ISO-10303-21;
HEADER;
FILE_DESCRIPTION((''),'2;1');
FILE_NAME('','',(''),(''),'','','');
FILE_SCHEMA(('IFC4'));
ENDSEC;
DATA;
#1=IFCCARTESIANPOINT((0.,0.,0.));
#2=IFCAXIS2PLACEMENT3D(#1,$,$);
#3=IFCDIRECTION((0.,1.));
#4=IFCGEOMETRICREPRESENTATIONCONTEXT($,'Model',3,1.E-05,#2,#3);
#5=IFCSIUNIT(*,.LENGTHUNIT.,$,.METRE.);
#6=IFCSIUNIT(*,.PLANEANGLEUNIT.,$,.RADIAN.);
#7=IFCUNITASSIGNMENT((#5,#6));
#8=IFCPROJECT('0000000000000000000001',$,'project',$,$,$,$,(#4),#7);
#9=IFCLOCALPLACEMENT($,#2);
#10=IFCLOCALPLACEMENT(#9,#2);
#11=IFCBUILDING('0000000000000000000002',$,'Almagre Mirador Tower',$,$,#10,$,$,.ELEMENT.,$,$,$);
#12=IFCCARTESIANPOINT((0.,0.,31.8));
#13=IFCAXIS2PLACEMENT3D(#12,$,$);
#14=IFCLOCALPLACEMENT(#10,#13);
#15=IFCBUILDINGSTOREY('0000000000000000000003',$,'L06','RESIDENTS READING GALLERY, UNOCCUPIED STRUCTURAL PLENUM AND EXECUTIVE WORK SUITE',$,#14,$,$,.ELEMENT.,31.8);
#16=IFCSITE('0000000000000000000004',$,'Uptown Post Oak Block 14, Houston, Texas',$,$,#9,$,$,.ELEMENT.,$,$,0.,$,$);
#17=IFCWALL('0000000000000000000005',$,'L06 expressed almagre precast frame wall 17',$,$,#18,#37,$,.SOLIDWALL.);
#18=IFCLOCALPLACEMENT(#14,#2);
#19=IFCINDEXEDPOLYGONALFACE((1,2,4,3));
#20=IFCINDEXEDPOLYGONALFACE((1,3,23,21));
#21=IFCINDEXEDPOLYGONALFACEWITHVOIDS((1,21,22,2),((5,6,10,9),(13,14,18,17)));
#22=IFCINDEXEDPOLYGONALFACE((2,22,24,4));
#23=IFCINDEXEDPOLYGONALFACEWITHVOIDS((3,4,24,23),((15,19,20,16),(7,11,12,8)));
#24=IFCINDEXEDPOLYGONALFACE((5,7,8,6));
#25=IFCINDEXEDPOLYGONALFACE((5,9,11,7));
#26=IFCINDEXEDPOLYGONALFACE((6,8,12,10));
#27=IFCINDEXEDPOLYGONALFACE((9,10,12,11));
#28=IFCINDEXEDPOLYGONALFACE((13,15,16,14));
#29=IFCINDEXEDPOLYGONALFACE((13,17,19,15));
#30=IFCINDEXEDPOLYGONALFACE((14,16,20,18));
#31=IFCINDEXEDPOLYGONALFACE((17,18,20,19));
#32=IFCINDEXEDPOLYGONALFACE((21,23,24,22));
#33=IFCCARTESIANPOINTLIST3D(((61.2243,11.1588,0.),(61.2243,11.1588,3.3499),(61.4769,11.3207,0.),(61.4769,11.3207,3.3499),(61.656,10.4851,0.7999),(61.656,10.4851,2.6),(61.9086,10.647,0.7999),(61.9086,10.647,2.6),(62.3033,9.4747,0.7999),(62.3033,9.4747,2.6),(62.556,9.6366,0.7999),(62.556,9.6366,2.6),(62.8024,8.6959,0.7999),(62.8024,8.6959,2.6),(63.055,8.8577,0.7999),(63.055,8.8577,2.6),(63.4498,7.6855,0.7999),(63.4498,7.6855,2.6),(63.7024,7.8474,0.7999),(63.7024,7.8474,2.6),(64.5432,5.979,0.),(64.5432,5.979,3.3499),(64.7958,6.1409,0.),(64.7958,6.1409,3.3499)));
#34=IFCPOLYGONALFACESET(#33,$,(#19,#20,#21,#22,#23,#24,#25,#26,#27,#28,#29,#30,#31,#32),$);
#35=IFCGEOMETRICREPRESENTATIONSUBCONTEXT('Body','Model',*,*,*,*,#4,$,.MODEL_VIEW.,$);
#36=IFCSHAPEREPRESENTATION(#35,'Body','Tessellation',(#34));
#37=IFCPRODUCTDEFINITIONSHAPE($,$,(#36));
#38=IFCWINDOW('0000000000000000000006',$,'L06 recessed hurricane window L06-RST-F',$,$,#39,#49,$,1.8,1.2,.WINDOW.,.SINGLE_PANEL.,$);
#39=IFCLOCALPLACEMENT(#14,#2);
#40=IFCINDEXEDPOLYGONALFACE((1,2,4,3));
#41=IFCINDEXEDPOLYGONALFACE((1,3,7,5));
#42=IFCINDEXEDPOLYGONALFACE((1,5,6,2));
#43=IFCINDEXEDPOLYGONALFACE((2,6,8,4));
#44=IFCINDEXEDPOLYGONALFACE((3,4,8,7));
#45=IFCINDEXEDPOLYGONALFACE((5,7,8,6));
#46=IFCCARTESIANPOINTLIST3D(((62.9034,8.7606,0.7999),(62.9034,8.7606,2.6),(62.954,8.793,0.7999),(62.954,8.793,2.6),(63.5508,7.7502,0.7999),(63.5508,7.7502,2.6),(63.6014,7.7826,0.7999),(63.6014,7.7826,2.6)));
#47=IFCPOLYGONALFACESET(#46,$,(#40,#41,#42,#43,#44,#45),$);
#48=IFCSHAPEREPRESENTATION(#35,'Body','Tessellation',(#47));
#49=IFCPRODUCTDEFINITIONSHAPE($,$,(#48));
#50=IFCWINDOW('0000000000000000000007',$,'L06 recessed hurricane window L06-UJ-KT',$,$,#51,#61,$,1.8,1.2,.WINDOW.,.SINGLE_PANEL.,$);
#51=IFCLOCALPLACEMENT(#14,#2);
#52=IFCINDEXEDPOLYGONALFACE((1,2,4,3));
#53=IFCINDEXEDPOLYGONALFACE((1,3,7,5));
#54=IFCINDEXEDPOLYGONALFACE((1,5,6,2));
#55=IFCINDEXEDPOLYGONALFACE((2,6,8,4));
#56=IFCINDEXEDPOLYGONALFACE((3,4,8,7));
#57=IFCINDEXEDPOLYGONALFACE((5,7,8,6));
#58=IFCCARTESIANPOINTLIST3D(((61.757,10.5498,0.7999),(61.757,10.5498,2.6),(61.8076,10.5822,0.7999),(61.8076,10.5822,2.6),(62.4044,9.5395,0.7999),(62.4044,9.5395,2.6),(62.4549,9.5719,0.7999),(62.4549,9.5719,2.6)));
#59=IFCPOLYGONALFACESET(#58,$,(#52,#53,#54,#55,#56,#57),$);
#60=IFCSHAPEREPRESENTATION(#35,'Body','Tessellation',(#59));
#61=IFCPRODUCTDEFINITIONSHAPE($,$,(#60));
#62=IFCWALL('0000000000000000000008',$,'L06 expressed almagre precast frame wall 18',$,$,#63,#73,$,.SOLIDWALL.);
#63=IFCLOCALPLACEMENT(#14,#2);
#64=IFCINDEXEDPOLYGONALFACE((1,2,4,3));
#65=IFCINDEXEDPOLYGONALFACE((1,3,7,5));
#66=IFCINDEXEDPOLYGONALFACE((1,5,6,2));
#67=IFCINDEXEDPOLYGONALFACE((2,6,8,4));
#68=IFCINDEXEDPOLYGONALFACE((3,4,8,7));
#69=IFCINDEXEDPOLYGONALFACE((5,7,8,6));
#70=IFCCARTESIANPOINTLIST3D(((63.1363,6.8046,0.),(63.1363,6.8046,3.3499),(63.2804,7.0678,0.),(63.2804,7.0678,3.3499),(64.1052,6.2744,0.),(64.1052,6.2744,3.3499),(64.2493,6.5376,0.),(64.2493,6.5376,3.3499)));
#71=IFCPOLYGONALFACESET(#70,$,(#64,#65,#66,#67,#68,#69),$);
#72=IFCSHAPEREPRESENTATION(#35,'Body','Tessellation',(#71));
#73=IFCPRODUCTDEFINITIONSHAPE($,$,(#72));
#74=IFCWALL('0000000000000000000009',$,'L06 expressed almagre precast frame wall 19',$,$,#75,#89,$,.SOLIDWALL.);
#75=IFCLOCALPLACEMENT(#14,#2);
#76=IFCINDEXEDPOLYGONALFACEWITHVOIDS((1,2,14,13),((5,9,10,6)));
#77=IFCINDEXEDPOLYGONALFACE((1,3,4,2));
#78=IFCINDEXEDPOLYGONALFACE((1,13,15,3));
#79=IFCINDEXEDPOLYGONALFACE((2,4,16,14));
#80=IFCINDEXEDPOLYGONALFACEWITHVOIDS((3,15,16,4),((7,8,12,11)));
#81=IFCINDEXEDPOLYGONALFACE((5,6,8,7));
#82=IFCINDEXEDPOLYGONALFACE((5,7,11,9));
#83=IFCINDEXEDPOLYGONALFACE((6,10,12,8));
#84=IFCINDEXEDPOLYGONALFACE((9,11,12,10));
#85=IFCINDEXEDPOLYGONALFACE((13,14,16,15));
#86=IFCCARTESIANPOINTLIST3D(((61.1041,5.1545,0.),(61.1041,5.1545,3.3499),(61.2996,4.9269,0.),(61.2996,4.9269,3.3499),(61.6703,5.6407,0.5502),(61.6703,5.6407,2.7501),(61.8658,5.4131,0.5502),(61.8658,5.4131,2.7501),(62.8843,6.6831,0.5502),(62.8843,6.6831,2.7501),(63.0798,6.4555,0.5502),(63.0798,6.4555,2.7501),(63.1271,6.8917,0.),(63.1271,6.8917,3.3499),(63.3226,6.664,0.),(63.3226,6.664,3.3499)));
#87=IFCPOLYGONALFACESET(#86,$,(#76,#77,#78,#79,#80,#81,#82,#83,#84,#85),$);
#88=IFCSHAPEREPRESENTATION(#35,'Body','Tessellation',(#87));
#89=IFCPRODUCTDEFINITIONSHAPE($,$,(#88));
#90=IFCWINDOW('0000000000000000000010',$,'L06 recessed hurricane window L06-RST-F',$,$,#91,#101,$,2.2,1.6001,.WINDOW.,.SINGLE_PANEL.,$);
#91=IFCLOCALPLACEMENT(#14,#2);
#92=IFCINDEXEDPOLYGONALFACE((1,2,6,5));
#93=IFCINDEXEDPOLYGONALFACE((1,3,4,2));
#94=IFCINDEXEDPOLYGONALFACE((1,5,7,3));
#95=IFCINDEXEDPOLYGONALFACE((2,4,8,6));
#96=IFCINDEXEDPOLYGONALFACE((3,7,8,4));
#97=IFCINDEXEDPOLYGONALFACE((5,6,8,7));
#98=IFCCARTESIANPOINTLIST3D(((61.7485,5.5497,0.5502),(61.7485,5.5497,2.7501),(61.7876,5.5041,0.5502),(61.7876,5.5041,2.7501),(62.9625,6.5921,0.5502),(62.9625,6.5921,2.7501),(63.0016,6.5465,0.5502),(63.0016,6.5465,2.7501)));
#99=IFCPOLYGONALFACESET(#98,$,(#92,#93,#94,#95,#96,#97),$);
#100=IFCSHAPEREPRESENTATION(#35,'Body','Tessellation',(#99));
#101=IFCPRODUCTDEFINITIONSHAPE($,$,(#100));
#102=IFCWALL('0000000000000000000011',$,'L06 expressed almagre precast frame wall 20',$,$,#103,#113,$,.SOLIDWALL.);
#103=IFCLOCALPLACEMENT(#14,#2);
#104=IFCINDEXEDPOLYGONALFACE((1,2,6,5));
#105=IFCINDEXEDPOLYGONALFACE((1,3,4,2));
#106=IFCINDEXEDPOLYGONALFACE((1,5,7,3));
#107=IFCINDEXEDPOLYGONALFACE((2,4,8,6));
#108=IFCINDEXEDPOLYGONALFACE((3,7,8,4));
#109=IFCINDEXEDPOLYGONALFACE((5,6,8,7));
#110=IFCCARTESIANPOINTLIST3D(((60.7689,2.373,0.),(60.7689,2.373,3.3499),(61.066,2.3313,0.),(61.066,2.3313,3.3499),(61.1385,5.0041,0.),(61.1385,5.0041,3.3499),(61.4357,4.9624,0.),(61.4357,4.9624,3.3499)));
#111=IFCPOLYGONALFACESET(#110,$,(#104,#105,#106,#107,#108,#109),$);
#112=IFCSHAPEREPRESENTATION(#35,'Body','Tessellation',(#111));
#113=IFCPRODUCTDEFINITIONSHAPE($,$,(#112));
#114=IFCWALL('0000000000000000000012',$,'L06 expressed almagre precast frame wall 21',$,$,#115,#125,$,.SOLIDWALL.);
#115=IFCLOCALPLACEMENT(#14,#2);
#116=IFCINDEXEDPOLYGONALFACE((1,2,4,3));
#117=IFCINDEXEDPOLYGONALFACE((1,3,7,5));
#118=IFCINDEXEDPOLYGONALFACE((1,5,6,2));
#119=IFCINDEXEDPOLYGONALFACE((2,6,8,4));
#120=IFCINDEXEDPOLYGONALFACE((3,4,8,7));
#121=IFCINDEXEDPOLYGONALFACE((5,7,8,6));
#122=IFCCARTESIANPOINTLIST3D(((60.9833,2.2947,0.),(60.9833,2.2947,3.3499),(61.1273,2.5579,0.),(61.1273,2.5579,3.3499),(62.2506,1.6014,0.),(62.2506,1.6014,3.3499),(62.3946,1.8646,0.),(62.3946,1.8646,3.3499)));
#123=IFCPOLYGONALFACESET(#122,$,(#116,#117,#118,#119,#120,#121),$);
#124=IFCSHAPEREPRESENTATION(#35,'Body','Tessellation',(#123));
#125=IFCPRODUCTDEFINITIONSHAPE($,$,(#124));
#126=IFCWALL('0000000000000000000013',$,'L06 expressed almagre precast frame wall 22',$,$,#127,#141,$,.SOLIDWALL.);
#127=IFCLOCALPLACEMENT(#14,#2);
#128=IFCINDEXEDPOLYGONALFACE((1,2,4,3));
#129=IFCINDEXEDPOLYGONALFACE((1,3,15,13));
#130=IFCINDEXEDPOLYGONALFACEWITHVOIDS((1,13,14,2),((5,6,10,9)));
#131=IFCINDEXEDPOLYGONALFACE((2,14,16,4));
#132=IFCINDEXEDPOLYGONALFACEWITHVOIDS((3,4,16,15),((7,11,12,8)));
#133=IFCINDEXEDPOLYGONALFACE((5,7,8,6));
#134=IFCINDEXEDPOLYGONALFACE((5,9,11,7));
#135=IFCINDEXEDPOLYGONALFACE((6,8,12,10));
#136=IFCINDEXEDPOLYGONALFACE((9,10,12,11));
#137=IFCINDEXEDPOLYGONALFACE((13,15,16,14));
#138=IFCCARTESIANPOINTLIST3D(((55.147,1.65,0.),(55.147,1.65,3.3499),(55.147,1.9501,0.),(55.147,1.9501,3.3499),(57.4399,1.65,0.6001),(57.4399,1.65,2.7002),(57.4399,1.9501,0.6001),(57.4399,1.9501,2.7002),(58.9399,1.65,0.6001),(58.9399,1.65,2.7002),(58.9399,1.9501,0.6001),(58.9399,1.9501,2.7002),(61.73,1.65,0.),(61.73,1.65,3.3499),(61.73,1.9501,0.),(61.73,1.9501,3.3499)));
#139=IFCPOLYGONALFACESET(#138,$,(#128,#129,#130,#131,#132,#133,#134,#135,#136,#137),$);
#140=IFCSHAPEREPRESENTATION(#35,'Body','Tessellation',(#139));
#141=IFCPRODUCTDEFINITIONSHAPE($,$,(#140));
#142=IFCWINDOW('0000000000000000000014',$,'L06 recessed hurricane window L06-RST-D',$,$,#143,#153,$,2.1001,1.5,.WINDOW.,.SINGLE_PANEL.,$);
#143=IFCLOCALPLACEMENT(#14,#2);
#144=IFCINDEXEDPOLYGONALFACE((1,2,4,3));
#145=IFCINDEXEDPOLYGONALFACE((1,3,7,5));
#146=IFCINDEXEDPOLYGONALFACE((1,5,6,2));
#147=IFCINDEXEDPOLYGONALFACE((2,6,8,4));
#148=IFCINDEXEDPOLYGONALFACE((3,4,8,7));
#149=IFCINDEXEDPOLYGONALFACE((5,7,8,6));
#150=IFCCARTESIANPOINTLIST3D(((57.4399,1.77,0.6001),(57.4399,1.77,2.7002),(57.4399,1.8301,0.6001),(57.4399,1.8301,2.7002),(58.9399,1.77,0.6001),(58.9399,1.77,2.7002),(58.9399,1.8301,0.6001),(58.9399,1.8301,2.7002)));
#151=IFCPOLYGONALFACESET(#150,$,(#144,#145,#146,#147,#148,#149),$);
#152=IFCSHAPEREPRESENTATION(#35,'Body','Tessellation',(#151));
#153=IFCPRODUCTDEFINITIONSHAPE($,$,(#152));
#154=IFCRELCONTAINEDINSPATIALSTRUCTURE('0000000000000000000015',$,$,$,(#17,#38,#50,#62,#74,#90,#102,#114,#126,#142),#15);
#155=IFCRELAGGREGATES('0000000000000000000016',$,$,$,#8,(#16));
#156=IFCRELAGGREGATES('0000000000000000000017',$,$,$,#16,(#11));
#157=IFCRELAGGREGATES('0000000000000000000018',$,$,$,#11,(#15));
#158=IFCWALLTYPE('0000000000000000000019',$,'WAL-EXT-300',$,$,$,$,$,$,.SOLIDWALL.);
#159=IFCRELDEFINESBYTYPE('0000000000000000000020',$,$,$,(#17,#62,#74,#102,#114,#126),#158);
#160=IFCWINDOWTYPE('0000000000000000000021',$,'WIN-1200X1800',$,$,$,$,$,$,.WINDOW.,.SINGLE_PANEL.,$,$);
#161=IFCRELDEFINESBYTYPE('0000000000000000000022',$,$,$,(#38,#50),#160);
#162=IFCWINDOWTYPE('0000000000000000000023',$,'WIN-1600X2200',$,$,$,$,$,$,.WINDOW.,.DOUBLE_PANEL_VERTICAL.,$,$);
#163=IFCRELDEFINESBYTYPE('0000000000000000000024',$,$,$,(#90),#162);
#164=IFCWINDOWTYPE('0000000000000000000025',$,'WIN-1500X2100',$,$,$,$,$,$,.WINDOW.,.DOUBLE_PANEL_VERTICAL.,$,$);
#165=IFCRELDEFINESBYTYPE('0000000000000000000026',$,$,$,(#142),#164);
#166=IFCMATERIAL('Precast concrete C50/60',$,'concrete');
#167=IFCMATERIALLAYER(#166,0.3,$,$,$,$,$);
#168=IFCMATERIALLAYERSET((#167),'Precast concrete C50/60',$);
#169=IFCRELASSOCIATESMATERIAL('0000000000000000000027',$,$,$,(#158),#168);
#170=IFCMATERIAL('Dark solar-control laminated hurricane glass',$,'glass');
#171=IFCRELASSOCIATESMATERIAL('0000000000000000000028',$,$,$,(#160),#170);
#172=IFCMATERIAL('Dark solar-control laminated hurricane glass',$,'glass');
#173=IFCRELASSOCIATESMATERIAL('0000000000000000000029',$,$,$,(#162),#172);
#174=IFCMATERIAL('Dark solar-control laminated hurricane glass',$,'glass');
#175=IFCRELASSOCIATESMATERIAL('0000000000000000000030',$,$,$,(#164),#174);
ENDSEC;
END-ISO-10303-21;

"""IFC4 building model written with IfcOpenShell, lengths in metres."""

from ifc_helpers import new_model, si_unit, direction, frame, frame_2d, origin, place, context, subcontext, project, spatial, rectangle, extrude, material, layer, layer_set, type_object, element, fill, save


model = new_model("IFC4")

# Units and contexts
model_context = context("Model", 3, precision=1e-05, world=origin(), true_north=direction((0.0, 1.0)))
body_context = subcontext(model_context, "Body", "Model", "MODEL_VIEW")
ifc_project = project(units=[si_unit("LENGTHUNIT", "METRE"), si_unit("PLANEANGLEUNIT", "RADIAN")], contexts=[model_context])

# Site, building, storey
site_placement = place(None, origin())
site = spatial("IfcSite", under=ifc_project, at=site_placement, Name="Uptown Post Oak Block 14, Houston, Texas", CompositionType="ELEMENT", RefElevation=0.0)
building_placement = place(site_placement, origin())
building = spatial("IfcBuilding", under=site, at=building_placement, Name="Almagre Mirador Tower", CompositionType="ELEMENT")
storey_placement = place(building_placement, frame((0.0, 0.0, 31.8)))
storey = spatial("IfcBuildingStorey", under=building, at=storey_placement, Name="L06", Description="RESIDENTS READING GALLERY, UNOCCUPIED STRUCTURAL PLENUM AND EXECUTIVE WORK SUITE", CompositionType="ELEMENT", Elevation=31.8)

# Wall, openings, windows
ifc_material_1 = material(Name="Precast concrete C50/60", Category="concrete")
ifc_layer = layer(ifc_material_1, 0.3)
ifc_layer_set = layer_set([ifc_layer], Name="Precast concrete C50/60")
wall_type = type_object("IfcWallType", Name="WAL-EXT-300", PredefinedType="SOLIDWALL", material=ifc_layer_set)
wall_1_placement = place(storey_placement, frame((61.3506, 11.2397, 0.0), z_axis=(0.0, 0.0, 1.0), x_axis=(0.539497, -0.841987, 0.0)))
wall_1 = element("IfcWall", 1, at=wall_1_placement, inside=storey, type_object=wall_type, Name="L06 expressed almagre precast frame wall 17", PredefinedType="SOLIDWALL", context=body_context, shape_type="SweptSolid", body=[
    extrude(rectangle(XDim=6.1519, YDim=0.3, at=frame_2d((3.0759, 0.0))), origin(), (0.0, 0.0, 1.0), 3.3499),
])
opening_1_placement = place(wall_1_placement, frame((2.925, 0.0, 0.8)))
opening_1 = element("IfcOpeningElement", 2, at=opening_1_placement, cuts=wall_1, PredefinedType="OPENING", context=body_context, shape_type="SweptSolid", body=[
    extrude(rectangle(XDim=1.2, YDim=1.8, at=frame_2d((0.6001, 0.8999))), frame((0.0, 0.1599, 0.0), z_axis=(0.0, -1.0, 0.0), x_axis=(1.0, 0.0, 0.0)), (0.0, 0.0, 1.0), 0.32),
])
opening_2_placement = place(wall_1_placement, frame((0.8, 0.0, 0.8)))
opening_2 = element("IfcOpeningElement", 3, at=opening_2_placement, cuts=wall_1, PredefinedType="OPENING", context=body_context, shape_type="SweptSolid", body=[
    extrude(rectangle(XDim=1.2, YDim=1.8, at=frame_2d((0.6001, 0.8999))), frame((0.0, 0.1599, 0.0), z_axis=(0.0, -1.0, 0.0), x_axis=(1.0, 0.0, 0.0)), (0.0, 0.0, 1.0), 0.32),
])
ifc_material_2 = material(Name="Dark solar-control laminated hurricane glass", Category="glass")
window_type_1 = type_object("IfcWindowType", Name="WIN-1200X1800", PartitioningType="SINGLE_PANEL", PredefinedType="WINDOW", material=ifc_material_2)
window_1_placement = place(opening_1_placement, origin())
window_1 = element("IfcWindow", 4, at=window_1_placement, inside=storey, type_object=window_type_1, Name="L06 recessed hurricane window L06-RST-F", OverallHeight=1.8, OverallWidth=1.2, PartitioningType="SINGLE_PANEL", PredefinedType="WINDOW", context=body_context, shape_type="SweptSolid", body=[
    extrude(rectangle(XDim=1.2, YDim=1.8, at=frame_2d((0.6001, 0.8999))), frame((0.0, 0.03, 0.0), z_axis=(0.0, -1.0, 0.0), x_axis=(1.0, 0.0, 0.0)), (0.0, 0.0, 1.0), 0.0601),
])
fill(opening_1, window_1)
window_2_placement = place(opening_2_placement, origin())
window_2 = element("IfcWindow", 5, at=window_2_placement, inside=storey, type_object=window_type_1, Name="L06 recessed hurricane window L06-UJ-KT", OverallHeight=1.8, OverallWidth=1.2, PartitioningType="SINGLE_PANEL", PredefinedType="WINDOW", context=body_context, shape_type="SweptSolid", body=[
    extrude(rectangle(XDim=1.2, YDim=1.8, at=frame_2d((0.6001, 0.8999))), frame((0.0, 0.03, 0.0), z_axis=(0.0, -1.0, 0.0), x_axis=(1.0, 0.0, 0.0)), (0.0, 0.0, 1.0), 0.0601),
])
fill(opening_2, window_2)

# Wall
wall_2_placement = place(storey_placement, frame((64.1772, 6.406, 0.0), z_axis=(0.0, 0.0, 1.0), x_axis=(-0.877236, 0.48006, 0.0)))
element("IfcWall", 6, at=wall_2_placement, inside=storey, type_object=wall_type, Name="L06 expressed almagre precast frame wall 18", PredefinedType="SOLIDWALL", context=body_context, shape_type="SweptSolid", body=[
    extrude(rectangle(XDim=1.1045, YDim=0.3, at=frame_2d((0.5522, 0.0))), origin(), (0.0, 0.0, 1.0), 3.3499),
])

# Wall, opening, window
wall_3_placement = place(storey_placement, frame((63.2249, 6.7778, 0.0), z_axis=(0.0, 0.0, 1.0), x_axis=(-0.758681, -0.651462, 0.0)))
wall_3 = element("IfcWall", 7, at=wall_3_placement, inside=storey, type_object=wall_type, Name="L06 expressed almagre precast frame wall 19", PredefinedType="SOLIDWALL", context=body_context, shape_type="SweptSolid", body=[
    extrude(rectangle(XDim=2.6665, YDim=0.3, at=frame_2d((1.3333, 0.0))), origin(), (0.0, 0.0, 1.0), 3.3499),
])
opening_3_placement = place(wall_3_placement, frame((0.3201, 0.0, 0.55)))
opening_3 = element("IfcOpeningElement", 8, at=opening_3_placement, cuts=wall_3, PredefinedType="OPENING", context=body_context, shape_type="SweptSolid", body=[
    extrude(rectangle(XDim=1.6001, YDim=2.2, at=frame_2d((0.8, 1.1001))), frame((0.0, 0.1599, 0.0), z_axis=(0.0, -1.0, 0.0), x_axis=(1.0, 0.0, 0.0)), (0.0, 0.0, 1.0), 0.32),
])
ifc_material_3 = material(Name="Dark solar-control laminated hurricane glass", Category="glass")
window_type_2 = type_object("IfcWindowType", Name="WIN-1600X2200", PartitioningType="DOUBLE_PANEL_VERTICAL", PredefinedType="WINDOW", material=ifc_material_3)
window_3_placement = place(opening_3_placement, origin())
window_3 = element("IfcWindow", 9, at=window_3_placement, inside=storey, type_object=window_type_2, Name="L06 recessed hurricane window L06-RST-F", OverallHeight=2.2, OverallWidth=1.6001, PartitioningType="SINGLE_PANEL", PredefinedType="WINDOW", context=body_context, shape_type="SweptSolid", body=[
    extrude(rectangle(XDim=1.6001, YDim=2.2, at=frame_2d((0.8, 1.1001))), frame((0.0, 0.03, 0.0), z_axis=(0.0, -1.0, 0.0), x_axis=(1.0, 0.0, 0.0)), (0.0, 0.0, 1.0), 0.0601),
])
fill(opening_3, window_3)

# Walls
wall_4_placement = place(storey_placement, frame((61.2871, 4.9834, 0.0), z_axis=(0.0, 0.0, 1.0), x_axis=(-0.139118, -0.990276, 0.0)))
element("IfcWall", 10, at=wall_4_placement, inside=storey, type_object=wall_type, Name="L06 expressed almagre precast frame wall 20", PredefinedType="SOLIDWALL", context=body_context, shape_type="SweptSolid", body=[
    extrude(rectangle(XDim=2.657, YDim=0.3, at=frame_2d((1.3286, 0.0))), origin(), (0.0, 0.0, 1.0), 3.3499),
])
wall_5_placement = place(storey_placement, frame((61.0554, 2.4263, 0.0), z_axis=(0.0, 0.0, 1.0), x_axis=(0.877288, -0.479965, 0.0)))
element("IfcWall", 11, at=wall_5_placement, inside=storey, type_object=wall_type, Name="L06 expressed almagre precast frame wall 21", PredefinedType="SOLIDWALL", context=body_context, shape_type="SweptSolid", body=[
    extrude(rectangle(XDim=1.4446, YDim=0.3, at=frame_2d((0.7222, 0.0))), origin(), (0.0, 0.0, 1.0), 3.3499),
])

# Wall, opening, window
wall_6_placement = place(storey_placement, frame((61.73, 1.8, 0.0), z_axis=(0.0, 0.0, 1.0), x_axis=(-1.0, 0.0, 0.0)))
wall_6 = element("IfcWall", 12, at=wall_6_placement, inside=storey, type_object=wall_type, Name="L06 expressed almagre precast frame wall 22", PredefinedType="SOLIDWALL", context=body_context, shape_type="SweptSolid", body=[
    extrude(rectangle(XDim=6.583, YDim=0.3, at=frame_2d((3.2915, 0.0))), origin(), (0.0, 0.0, 1.0), 3.3499),
])
opening_4_placement = place(wall_6_placement, frame((2.79, 0.0, 0.6001)))
opening_4 = element("IfcOpeningElement", 13, at=opening_4_placement, cuts=wall_6, PredefinedType="OPENING", context=body_context, shape_type="SweptSolid", body=[
    extrude(rectangle(XDim=1.5, YDim=2.1001, at=frame_2d((0.75, 1.05))), frame((0.0, 0.1599, 0.0), z_axis=(0.0, -1.0, 0.0), x_axis=(1.0, 0.0, 0.0)), (0.0, 0.0, 1.0), 0.32),
])
ifc_material_4 = material(Name="Dark solar-control laminated hurricane glass", Category="glass")
window_type_3 = type_object("IfcWindowType", Name="WIN-1500X2100", PartitioningType="DOUBLE_PANEL_VERTICAL", PredefinedType="WINDOW", material=ifc_material_4)
window_4_placement = place(opening_4_placement, origin())
window_4 = element("IfcWindow", 14, at=window_4_placement, inside=storey, type_object=window_type_3, Name="L06 recessed hurricane window L06-RST-D", OverallHeight=2.1001, OverallWidth=1.5, PartitioningType="SINGLE_PANEL", PredefinedType="WINDOW", context=body_context, shape_type="SweptSolid", body=[
    extrude(rectangle(XDim=1.5, YDim=2.1001, at=frame_2d((0.75, 1.05))), frame((0.0, 0.03, 0.0), z_axis=(0.0, -1.0, 0.0), x_axis=(1.0, 0.0, 0.0)), (0.0, 0.0, 1.0), 0.0601),
])
fill(opening_4, window_4)

save(model, "model.ifc")
